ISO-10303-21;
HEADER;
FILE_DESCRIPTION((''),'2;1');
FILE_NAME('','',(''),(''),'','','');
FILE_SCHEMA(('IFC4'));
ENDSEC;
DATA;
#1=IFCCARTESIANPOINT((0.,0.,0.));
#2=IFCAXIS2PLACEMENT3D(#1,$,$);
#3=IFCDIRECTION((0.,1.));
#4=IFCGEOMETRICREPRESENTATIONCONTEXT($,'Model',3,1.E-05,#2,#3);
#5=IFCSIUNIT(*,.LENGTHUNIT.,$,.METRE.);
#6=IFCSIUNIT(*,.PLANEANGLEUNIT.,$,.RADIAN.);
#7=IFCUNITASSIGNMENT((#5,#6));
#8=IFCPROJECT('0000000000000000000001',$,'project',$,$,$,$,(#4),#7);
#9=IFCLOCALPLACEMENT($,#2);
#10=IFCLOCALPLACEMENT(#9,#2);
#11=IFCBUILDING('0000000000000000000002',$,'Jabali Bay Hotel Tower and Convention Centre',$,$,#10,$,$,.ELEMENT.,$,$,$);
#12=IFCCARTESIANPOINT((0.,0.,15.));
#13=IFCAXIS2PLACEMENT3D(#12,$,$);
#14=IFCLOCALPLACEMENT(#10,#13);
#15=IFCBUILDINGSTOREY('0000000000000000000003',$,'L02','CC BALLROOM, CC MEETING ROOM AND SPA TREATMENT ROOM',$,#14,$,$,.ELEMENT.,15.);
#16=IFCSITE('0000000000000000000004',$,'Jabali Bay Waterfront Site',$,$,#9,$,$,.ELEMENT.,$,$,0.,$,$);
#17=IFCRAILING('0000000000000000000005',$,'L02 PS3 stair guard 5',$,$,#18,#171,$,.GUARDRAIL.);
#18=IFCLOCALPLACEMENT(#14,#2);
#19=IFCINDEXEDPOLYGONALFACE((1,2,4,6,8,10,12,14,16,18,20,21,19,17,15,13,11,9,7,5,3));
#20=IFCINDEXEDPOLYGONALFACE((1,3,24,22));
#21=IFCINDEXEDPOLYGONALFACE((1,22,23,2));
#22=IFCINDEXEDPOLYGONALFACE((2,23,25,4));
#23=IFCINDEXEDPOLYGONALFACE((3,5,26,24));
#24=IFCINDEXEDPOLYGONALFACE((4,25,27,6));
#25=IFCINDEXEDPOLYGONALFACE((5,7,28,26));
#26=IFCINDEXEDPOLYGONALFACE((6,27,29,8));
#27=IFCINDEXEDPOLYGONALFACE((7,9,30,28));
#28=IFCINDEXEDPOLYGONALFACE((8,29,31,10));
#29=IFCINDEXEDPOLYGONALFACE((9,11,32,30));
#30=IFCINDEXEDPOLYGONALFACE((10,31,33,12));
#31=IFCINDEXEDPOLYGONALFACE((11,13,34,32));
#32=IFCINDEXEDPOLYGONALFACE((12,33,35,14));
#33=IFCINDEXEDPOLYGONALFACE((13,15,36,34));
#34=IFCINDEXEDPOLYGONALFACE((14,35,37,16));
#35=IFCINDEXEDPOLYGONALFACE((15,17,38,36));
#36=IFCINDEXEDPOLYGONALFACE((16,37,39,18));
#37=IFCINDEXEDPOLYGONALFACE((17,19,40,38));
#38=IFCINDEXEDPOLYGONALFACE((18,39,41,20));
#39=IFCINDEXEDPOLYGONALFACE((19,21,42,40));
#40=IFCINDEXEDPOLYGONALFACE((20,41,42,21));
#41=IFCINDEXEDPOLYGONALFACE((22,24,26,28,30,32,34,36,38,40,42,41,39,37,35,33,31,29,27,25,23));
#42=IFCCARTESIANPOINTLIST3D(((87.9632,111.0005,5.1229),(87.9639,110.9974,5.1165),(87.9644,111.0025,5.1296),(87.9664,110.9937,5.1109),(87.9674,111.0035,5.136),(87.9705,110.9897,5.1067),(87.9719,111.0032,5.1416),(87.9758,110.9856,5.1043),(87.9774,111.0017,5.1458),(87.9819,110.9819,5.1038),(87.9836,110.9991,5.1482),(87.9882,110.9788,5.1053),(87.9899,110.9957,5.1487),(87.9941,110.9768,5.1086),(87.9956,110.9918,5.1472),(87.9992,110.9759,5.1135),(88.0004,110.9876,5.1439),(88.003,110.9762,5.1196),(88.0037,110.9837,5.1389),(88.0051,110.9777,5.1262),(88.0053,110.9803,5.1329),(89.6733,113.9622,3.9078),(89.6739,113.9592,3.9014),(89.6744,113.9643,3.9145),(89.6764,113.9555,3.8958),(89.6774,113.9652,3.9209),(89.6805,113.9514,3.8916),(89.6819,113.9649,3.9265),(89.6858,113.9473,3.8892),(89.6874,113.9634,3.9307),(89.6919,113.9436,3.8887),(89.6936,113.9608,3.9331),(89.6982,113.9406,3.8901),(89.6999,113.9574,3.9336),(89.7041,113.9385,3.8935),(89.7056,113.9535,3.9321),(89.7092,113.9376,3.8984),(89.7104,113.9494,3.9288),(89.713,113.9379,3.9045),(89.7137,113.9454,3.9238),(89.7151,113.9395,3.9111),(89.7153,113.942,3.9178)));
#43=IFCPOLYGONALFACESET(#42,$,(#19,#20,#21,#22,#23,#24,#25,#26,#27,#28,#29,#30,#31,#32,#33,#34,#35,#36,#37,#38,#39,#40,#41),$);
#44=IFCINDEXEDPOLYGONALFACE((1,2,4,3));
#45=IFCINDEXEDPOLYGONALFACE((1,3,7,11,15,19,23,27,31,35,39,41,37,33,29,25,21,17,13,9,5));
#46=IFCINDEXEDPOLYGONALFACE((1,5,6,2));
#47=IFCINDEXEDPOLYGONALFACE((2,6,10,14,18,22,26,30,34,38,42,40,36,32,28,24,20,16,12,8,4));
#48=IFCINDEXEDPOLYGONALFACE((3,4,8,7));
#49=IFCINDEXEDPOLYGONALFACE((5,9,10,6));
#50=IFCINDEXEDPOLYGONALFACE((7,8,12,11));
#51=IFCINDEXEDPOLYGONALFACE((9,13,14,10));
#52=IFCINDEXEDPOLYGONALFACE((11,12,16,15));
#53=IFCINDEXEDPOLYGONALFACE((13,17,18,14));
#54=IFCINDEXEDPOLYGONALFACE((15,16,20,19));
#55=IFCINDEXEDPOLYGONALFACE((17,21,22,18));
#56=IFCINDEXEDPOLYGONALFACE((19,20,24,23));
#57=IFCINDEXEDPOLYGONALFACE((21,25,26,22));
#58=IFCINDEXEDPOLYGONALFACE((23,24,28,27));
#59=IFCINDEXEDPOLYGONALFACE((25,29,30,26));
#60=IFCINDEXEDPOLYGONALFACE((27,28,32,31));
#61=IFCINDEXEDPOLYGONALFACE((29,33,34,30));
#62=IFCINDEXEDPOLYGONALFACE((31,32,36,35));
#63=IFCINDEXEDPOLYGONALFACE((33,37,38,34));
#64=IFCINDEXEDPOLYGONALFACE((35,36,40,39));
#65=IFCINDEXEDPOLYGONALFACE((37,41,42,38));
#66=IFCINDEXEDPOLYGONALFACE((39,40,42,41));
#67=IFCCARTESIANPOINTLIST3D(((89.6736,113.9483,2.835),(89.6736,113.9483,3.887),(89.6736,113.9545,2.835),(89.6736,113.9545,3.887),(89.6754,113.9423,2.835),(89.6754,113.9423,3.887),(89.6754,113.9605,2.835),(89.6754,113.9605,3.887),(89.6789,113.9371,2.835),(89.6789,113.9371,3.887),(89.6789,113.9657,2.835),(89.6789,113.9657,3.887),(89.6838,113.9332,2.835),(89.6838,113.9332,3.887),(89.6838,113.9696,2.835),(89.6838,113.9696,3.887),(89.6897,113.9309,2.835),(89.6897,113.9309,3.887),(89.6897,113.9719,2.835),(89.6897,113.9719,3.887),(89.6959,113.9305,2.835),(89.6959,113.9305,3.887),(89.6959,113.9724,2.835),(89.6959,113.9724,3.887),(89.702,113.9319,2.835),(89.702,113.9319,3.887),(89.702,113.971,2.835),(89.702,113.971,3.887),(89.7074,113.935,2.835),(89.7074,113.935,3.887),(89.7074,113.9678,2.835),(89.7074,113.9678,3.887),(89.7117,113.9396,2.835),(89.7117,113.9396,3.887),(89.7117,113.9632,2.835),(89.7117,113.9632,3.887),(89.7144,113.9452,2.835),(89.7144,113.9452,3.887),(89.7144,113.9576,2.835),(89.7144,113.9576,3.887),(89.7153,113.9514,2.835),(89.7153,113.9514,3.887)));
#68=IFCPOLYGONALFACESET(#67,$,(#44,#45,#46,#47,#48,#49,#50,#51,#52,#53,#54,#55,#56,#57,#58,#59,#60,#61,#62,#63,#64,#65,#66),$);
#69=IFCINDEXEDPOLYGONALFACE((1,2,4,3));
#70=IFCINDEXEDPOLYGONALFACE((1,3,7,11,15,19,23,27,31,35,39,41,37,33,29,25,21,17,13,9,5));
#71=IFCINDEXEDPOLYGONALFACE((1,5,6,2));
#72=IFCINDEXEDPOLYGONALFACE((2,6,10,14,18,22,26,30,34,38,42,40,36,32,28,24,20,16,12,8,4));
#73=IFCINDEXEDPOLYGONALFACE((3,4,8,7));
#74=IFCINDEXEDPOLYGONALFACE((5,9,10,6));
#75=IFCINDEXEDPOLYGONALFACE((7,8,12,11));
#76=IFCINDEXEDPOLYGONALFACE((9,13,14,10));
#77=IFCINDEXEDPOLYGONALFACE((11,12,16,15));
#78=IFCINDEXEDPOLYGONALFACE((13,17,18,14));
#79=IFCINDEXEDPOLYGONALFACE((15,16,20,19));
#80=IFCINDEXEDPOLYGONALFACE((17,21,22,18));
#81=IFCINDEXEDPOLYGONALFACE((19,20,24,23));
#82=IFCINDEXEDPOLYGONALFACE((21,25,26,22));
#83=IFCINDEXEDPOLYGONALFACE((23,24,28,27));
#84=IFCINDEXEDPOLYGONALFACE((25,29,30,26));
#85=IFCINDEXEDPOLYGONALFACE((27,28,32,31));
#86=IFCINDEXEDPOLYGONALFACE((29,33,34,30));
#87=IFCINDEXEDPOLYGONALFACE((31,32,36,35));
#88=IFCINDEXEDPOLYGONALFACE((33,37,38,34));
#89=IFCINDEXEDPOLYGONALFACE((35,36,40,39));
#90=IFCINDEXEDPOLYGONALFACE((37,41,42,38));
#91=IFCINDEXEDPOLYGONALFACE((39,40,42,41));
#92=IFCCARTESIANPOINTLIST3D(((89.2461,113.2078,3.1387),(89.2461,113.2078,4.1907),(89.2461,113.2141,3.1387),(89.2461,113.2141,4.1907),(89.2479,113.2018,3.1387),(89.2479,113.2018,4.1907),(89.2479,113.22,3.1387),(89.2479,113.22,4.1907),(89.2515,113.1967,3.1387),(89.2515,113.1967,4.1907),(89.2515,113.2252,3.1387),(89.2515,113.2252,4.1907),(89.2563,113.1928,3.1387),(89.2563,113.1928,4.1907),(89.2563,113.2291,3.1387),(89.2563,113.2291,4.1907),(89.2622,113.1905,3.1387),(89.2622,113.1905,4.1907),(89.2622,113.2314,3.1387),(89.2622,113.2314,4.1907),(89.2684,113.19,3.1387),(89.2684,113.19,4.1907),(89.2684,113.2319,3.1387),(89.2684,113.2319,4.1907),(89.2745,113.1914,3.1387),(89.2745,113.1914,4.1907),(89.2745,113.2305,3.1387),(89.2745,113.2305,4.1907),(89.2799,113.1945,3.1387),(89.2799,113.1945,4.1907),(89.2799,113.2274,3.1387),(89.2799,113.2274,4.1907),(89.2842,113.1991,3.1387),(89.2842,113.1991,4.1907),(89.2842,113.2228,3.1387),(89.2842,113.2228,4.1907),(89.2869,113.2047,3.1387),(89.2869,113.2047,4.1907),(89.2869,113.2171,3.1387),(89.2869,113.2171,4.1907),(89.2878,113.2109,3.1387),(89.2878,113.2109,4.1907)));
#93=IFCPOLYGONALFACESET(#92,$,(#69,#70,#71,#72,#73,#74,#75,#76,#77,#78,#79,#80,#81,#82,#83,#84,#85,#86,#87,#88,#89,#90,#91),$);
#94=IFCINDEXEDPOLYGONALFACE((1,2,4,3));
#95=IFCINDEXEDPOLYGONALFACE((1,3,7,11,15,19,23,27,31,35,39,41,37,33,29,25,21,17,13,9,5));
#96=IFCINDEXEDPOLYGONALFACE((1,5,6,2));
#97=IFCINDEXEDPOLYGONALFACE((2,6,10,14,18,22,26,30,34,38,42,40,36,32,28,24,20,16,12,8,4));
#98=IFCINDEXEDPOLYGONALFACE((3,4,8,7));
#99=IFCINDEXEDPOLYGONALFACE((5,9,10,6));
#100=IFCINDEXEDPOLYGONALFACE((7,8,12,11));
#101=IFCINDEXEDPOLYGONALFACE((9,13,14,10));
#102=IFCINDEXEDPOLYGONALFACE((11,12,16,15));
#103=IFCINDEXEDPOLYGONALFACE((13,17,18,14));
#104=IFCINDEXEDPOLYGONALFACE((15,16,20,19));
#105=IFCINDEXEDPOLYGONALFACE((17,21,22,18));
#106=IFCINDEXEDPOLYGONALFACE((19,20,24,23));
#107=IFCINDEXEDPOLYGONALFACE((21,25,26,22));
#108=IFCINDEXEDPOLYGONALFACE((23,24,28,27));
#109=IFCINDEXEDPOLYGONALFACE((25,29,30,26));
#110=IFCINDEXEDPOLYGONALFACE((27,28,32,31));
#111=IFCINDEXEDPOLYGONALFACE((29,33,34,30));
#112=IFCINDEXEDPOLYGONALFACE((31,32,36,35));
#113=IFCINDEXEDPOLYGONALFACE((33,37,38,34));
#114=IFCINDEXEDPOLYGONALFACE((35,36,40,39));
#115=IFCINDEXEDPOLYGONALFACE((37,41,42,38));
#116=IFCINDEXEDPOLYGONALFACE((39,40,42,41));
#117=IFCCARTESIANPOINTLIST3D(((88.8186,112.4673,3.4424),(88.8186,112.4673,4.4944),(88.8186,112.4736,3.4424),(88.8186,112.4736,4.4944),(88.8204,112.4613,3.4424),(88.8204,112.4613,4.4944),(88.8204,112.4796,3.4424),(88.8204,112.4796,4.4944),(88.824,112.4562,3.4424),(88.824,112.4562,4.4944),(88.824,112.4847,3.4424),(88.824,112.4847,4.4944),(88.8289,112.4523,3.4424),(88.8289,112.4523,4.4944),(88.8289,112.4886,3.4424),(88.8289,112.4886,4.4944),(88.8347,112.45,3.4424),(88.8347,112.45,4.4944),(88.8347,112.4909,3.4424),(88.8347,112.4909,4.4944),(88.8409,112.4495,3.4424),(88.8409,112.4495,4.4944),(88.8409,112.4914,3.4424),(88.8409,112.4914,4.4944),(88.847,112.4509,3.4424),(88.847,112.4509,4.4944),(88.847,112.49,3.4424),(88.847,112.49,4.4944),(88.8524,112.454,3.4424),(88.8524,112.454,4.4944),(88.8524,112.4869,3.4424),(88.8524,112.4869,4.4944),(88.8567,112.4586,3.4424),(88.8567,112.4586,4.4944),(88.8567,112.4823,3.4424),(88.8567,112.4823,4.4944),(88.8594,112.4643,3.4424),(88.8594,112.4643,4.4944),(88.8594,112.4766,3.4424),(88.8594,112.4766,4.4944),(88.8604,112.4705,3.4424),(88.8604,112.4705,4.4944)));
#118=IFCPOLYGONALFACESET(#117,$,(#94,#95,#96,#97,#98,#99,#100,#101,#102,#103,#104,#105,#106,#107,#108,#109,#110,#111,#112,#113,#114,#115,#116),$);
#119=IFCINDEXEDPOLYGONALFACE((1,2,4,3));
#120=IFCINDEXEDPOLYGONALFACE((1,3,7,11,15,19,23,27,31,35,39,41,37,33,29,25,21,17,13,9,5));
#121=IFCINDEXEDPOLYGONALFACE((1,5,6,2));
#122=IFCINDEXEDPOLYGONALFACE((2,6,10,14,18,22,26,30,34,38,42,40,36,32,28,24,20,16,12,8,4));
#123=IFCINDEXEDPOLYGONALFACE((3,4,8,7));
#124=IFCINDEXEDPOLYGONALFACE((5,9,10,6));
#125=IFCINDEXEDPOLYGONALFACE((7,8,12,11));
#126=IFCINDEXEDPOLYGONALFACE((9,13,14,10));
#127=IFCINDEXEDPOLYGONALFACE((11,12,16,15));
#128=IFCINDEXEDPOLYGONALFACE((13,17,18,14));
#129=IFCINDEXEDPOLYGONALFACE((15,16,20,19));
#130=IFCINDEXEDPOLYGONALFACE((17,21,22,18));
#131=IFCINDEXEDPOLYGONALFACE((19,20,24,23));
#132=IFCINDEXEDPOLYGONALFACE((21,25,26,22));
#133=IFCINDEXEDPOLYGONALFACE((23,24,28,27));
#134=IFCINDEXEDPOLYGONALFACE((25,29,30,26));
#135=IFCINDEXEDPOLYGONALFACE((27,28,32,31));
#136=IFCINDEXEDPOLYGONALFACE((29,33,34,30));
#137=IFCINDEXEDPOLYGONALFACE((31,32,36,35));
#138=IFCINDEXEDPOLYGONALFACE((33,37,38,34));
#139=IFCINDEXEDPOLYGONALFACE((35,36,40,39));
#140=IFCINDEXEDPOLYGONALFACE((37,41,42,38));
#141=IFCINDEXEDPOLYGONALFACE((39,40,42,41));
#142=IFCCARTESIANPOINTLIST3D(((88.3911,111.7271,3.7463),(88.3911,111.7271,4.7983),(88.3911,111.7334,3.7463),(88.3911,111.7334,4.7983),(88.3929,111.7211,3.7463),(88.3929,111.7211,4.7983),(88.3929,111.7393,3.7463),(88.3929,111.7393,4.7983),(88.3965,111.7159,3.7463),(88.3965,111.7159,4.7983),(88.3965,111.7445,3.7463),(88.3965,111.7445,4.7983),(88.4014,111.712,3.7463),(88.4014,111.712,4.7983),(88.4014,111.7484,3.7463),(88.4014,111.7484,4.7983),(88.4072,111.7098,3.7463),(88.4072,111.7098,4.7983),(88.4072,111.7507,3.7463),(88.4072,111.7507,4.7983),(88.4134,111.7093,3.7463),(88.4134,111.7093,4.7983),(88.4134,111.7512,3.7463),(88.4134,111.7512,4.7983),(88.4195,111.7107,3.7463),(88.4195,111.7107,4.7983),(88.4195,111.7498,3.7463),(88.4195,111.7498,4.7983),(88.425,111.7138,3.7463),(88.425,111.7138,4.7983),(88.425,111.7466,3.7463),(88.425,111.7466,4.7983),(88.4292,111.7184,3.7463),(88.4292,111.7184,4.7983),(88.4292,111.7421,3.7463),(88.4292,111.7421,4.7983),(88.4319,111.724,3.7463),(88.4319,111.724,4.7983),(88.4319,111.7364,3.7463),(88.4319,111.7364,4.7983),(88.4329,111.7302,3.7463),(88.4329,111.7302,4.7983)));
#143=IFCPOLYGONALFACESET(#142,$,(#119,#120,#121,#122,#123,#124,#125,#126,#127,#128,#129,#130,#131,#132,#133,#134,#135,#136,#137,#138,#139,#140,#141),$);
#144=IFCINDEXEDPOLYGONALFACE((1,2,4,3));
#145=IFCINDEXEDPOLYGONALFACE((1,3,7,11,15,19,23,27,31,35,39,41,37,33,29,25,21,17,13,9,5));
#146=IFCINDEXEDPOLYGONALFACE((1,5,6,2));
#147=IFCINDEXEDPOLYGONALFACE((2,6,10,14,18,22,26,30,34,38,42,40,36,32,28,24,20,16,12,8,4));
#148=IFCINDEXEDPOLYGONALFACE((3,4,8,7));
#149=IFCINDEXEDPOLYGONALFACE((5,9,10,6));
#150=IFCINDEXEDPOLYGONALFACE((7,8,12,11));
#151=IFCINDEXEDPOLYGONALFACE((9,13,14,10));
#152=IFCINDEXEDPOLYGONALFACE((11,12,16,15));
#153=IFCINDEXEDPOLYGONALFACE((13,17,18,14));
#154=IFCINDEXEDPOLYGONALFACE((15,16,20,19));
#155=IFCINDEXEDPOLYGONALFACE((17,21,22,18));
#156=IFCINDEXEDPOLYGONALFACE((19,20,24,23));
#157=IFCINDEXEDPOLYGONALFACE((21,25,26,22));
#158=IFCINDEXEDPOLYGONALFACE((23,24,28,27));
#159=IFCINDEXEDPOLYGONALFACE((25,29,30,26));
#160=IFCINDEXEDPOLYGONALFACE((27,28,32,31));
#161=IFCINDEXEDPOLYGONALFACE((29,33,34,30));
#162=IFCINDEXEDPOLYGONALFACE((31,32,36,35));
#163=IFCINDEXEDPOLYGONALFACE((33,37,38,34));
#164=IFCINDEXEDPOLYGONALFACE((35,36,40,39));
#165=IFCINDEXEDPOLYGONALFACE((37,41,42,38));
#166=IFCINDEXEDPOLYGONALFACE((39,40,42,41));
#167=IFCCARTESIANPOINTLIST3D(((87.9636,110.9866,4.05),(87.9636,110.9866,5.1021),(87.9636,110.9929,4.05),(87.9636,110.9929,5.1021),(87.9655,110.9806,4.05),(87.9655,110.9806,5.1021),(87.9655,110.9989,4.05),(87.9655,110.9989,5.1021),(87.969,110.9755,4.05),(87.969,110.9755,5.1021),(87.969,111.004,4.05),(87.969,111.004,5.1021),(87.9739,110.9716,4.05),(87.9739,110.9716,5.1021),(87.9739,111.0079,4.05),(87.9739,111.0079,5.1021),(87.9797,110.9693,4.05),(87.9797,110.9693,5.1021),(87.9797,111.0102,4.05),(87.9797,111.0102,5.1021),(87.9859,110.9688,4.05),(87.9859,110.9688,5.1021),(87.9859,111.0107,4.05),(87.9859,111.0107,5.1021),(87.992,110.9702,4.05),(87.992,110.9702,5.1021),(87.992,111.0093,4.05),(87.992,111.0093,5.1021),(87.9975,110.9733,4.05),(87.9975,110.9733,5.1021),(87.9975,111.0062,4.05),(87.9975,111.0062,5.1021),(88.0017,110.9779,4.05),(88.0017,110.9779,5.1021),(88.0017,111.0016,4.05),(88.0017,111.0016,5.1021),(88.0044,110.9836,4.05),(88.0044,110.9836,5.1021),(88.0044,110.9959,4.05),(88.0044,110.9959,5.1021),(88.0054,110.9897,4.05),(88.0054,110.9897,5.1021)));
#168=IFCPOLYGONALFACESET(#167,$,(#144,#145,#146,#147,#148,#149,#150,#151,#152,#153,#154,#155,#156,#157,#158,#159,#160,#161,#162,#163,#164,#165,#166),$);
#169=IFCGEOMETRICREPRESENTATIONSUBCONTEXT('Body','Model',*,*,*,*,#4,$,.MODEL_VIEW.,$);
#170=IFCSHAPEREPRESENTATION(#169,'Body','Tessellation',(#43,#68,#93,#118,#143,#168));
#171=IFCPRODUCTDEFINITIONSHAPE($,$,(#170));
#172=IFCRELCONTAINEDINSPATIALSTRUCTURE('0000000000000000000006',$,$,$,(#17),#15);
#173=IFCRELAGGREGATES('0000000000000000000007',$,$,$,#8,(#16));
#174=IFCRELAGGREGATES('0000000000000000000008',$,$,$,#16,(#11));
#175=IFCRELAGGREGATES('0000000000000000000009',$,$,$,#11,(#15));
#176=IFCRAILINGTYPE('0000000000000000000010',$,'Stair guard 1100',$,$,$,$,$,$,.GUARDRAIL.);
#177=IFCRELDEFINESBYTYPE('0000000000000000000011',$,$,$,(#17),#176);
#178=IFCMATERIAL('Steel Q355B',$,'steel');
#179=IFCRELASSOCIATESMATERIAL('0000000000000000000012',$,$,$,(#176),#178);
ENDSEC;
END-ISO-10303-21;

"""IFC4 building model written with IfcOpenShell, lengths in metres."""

from ifc_helpers import new_model, si_unit, direction, frame, origin, origin_2d, place, context, subcontext, project, spatial, circle, extrude, material, type_object, element, save


model = new_model("IFC4")

# Units and contexts
model_context = context("Model", 3, precision=1e-05, world=origin(), true_north=direction((0.0, 1.0)))
body_context = subcontext(model_context, "Body", "Model", "MODEL_VIEW")
ifc_project = project(units=[si_unit("LENGTHUNIT", "METRE"), si_unit("PLANEANGLEUNIT", "RADIAN")], contexts=[model_context])

# Site, building, storey
site_placement = place(None, origin())
site = spatial("IfcSite", under=ifc_project, at=site_placement, Name="Jabali Bay Waterfront Site", CompositionType="ELEMENT", RefElevation=0.0)
building_placement = place(site_placement, origin())
building = spatial("IfcBuilding", under=site, at=building_placement, Name="Jabali Bay Hotel Tower and Convention Centre", CompositionType="ELEMENT")
storey_placement = place(building_placement, frame((0.0, 0.0, 15.0)))
storey = spatial("IfcBuildingStorey", under=building, at=storey_placement, Name="L02", Description="CC BALLROOM, CC MEETING ROOM AND SPA TREATMENT ROOM", CompositionType="ELEMENT", Elevation=15.0)

# Railing
ifc_material_1 = material(Name="Steel Q355B", Category="steel")
railing_type_1 = type_object("IfcRailingType", Name="Stair guard 1100", PredefinedType="GUARDRAIL", material=ifc_material_1)
railing_1_placement = place(storey_placement, frame((89.6943, 113.9514, 2.835)))
element("IfcRailing", 1, at=railing_1_placement, inside=storey, type_object=railing_type_1, Name="L02 PS3 stair guard 5", PredefinedType="GUARDRAIL", context=body_context, shape_type="SweptSolid", body=[
    extrude(circle(Radius=0.0239, at=origin_2d()), frame((0.0, 0.0, 1.0762), z_axis=(-0.471153, -0.816042, 0.334799), x_axis=(0.86602, -0.500009, 0.0)), (0.0, 0.0, 1.0), 3.6294),
    extrude(circle(Radius=0.021, at=origin_2d()), origin(), (0.0, 0.0, 1.0), 1.052),
    extrude(circle(Radius=0.021, at=origin_2d()), frame((-0.4275, -0.7405, 0.3037)), (0.0, 0.0, 1.0), 1.052),
    extrude(circle(Radius=0.021, at=origin_2d()), frame((-0.855, -1.481, 0.6074)), (0.0, 0.0, 1.0), 1.052),
    extrude(circle(Radius=0.021, at=origin_2d()), frame((-1.2825, -2.2212, 0.9114)), (0.0, 0.0, 1.0), 1.052),
    extrude(circle(Radius=0.021, at=origin_2d()), frame((-1.71, -2.9617, 1.2151)), (0.0, 0.0, 1.0), 1.052),
])

save(model, "model.ifc")
